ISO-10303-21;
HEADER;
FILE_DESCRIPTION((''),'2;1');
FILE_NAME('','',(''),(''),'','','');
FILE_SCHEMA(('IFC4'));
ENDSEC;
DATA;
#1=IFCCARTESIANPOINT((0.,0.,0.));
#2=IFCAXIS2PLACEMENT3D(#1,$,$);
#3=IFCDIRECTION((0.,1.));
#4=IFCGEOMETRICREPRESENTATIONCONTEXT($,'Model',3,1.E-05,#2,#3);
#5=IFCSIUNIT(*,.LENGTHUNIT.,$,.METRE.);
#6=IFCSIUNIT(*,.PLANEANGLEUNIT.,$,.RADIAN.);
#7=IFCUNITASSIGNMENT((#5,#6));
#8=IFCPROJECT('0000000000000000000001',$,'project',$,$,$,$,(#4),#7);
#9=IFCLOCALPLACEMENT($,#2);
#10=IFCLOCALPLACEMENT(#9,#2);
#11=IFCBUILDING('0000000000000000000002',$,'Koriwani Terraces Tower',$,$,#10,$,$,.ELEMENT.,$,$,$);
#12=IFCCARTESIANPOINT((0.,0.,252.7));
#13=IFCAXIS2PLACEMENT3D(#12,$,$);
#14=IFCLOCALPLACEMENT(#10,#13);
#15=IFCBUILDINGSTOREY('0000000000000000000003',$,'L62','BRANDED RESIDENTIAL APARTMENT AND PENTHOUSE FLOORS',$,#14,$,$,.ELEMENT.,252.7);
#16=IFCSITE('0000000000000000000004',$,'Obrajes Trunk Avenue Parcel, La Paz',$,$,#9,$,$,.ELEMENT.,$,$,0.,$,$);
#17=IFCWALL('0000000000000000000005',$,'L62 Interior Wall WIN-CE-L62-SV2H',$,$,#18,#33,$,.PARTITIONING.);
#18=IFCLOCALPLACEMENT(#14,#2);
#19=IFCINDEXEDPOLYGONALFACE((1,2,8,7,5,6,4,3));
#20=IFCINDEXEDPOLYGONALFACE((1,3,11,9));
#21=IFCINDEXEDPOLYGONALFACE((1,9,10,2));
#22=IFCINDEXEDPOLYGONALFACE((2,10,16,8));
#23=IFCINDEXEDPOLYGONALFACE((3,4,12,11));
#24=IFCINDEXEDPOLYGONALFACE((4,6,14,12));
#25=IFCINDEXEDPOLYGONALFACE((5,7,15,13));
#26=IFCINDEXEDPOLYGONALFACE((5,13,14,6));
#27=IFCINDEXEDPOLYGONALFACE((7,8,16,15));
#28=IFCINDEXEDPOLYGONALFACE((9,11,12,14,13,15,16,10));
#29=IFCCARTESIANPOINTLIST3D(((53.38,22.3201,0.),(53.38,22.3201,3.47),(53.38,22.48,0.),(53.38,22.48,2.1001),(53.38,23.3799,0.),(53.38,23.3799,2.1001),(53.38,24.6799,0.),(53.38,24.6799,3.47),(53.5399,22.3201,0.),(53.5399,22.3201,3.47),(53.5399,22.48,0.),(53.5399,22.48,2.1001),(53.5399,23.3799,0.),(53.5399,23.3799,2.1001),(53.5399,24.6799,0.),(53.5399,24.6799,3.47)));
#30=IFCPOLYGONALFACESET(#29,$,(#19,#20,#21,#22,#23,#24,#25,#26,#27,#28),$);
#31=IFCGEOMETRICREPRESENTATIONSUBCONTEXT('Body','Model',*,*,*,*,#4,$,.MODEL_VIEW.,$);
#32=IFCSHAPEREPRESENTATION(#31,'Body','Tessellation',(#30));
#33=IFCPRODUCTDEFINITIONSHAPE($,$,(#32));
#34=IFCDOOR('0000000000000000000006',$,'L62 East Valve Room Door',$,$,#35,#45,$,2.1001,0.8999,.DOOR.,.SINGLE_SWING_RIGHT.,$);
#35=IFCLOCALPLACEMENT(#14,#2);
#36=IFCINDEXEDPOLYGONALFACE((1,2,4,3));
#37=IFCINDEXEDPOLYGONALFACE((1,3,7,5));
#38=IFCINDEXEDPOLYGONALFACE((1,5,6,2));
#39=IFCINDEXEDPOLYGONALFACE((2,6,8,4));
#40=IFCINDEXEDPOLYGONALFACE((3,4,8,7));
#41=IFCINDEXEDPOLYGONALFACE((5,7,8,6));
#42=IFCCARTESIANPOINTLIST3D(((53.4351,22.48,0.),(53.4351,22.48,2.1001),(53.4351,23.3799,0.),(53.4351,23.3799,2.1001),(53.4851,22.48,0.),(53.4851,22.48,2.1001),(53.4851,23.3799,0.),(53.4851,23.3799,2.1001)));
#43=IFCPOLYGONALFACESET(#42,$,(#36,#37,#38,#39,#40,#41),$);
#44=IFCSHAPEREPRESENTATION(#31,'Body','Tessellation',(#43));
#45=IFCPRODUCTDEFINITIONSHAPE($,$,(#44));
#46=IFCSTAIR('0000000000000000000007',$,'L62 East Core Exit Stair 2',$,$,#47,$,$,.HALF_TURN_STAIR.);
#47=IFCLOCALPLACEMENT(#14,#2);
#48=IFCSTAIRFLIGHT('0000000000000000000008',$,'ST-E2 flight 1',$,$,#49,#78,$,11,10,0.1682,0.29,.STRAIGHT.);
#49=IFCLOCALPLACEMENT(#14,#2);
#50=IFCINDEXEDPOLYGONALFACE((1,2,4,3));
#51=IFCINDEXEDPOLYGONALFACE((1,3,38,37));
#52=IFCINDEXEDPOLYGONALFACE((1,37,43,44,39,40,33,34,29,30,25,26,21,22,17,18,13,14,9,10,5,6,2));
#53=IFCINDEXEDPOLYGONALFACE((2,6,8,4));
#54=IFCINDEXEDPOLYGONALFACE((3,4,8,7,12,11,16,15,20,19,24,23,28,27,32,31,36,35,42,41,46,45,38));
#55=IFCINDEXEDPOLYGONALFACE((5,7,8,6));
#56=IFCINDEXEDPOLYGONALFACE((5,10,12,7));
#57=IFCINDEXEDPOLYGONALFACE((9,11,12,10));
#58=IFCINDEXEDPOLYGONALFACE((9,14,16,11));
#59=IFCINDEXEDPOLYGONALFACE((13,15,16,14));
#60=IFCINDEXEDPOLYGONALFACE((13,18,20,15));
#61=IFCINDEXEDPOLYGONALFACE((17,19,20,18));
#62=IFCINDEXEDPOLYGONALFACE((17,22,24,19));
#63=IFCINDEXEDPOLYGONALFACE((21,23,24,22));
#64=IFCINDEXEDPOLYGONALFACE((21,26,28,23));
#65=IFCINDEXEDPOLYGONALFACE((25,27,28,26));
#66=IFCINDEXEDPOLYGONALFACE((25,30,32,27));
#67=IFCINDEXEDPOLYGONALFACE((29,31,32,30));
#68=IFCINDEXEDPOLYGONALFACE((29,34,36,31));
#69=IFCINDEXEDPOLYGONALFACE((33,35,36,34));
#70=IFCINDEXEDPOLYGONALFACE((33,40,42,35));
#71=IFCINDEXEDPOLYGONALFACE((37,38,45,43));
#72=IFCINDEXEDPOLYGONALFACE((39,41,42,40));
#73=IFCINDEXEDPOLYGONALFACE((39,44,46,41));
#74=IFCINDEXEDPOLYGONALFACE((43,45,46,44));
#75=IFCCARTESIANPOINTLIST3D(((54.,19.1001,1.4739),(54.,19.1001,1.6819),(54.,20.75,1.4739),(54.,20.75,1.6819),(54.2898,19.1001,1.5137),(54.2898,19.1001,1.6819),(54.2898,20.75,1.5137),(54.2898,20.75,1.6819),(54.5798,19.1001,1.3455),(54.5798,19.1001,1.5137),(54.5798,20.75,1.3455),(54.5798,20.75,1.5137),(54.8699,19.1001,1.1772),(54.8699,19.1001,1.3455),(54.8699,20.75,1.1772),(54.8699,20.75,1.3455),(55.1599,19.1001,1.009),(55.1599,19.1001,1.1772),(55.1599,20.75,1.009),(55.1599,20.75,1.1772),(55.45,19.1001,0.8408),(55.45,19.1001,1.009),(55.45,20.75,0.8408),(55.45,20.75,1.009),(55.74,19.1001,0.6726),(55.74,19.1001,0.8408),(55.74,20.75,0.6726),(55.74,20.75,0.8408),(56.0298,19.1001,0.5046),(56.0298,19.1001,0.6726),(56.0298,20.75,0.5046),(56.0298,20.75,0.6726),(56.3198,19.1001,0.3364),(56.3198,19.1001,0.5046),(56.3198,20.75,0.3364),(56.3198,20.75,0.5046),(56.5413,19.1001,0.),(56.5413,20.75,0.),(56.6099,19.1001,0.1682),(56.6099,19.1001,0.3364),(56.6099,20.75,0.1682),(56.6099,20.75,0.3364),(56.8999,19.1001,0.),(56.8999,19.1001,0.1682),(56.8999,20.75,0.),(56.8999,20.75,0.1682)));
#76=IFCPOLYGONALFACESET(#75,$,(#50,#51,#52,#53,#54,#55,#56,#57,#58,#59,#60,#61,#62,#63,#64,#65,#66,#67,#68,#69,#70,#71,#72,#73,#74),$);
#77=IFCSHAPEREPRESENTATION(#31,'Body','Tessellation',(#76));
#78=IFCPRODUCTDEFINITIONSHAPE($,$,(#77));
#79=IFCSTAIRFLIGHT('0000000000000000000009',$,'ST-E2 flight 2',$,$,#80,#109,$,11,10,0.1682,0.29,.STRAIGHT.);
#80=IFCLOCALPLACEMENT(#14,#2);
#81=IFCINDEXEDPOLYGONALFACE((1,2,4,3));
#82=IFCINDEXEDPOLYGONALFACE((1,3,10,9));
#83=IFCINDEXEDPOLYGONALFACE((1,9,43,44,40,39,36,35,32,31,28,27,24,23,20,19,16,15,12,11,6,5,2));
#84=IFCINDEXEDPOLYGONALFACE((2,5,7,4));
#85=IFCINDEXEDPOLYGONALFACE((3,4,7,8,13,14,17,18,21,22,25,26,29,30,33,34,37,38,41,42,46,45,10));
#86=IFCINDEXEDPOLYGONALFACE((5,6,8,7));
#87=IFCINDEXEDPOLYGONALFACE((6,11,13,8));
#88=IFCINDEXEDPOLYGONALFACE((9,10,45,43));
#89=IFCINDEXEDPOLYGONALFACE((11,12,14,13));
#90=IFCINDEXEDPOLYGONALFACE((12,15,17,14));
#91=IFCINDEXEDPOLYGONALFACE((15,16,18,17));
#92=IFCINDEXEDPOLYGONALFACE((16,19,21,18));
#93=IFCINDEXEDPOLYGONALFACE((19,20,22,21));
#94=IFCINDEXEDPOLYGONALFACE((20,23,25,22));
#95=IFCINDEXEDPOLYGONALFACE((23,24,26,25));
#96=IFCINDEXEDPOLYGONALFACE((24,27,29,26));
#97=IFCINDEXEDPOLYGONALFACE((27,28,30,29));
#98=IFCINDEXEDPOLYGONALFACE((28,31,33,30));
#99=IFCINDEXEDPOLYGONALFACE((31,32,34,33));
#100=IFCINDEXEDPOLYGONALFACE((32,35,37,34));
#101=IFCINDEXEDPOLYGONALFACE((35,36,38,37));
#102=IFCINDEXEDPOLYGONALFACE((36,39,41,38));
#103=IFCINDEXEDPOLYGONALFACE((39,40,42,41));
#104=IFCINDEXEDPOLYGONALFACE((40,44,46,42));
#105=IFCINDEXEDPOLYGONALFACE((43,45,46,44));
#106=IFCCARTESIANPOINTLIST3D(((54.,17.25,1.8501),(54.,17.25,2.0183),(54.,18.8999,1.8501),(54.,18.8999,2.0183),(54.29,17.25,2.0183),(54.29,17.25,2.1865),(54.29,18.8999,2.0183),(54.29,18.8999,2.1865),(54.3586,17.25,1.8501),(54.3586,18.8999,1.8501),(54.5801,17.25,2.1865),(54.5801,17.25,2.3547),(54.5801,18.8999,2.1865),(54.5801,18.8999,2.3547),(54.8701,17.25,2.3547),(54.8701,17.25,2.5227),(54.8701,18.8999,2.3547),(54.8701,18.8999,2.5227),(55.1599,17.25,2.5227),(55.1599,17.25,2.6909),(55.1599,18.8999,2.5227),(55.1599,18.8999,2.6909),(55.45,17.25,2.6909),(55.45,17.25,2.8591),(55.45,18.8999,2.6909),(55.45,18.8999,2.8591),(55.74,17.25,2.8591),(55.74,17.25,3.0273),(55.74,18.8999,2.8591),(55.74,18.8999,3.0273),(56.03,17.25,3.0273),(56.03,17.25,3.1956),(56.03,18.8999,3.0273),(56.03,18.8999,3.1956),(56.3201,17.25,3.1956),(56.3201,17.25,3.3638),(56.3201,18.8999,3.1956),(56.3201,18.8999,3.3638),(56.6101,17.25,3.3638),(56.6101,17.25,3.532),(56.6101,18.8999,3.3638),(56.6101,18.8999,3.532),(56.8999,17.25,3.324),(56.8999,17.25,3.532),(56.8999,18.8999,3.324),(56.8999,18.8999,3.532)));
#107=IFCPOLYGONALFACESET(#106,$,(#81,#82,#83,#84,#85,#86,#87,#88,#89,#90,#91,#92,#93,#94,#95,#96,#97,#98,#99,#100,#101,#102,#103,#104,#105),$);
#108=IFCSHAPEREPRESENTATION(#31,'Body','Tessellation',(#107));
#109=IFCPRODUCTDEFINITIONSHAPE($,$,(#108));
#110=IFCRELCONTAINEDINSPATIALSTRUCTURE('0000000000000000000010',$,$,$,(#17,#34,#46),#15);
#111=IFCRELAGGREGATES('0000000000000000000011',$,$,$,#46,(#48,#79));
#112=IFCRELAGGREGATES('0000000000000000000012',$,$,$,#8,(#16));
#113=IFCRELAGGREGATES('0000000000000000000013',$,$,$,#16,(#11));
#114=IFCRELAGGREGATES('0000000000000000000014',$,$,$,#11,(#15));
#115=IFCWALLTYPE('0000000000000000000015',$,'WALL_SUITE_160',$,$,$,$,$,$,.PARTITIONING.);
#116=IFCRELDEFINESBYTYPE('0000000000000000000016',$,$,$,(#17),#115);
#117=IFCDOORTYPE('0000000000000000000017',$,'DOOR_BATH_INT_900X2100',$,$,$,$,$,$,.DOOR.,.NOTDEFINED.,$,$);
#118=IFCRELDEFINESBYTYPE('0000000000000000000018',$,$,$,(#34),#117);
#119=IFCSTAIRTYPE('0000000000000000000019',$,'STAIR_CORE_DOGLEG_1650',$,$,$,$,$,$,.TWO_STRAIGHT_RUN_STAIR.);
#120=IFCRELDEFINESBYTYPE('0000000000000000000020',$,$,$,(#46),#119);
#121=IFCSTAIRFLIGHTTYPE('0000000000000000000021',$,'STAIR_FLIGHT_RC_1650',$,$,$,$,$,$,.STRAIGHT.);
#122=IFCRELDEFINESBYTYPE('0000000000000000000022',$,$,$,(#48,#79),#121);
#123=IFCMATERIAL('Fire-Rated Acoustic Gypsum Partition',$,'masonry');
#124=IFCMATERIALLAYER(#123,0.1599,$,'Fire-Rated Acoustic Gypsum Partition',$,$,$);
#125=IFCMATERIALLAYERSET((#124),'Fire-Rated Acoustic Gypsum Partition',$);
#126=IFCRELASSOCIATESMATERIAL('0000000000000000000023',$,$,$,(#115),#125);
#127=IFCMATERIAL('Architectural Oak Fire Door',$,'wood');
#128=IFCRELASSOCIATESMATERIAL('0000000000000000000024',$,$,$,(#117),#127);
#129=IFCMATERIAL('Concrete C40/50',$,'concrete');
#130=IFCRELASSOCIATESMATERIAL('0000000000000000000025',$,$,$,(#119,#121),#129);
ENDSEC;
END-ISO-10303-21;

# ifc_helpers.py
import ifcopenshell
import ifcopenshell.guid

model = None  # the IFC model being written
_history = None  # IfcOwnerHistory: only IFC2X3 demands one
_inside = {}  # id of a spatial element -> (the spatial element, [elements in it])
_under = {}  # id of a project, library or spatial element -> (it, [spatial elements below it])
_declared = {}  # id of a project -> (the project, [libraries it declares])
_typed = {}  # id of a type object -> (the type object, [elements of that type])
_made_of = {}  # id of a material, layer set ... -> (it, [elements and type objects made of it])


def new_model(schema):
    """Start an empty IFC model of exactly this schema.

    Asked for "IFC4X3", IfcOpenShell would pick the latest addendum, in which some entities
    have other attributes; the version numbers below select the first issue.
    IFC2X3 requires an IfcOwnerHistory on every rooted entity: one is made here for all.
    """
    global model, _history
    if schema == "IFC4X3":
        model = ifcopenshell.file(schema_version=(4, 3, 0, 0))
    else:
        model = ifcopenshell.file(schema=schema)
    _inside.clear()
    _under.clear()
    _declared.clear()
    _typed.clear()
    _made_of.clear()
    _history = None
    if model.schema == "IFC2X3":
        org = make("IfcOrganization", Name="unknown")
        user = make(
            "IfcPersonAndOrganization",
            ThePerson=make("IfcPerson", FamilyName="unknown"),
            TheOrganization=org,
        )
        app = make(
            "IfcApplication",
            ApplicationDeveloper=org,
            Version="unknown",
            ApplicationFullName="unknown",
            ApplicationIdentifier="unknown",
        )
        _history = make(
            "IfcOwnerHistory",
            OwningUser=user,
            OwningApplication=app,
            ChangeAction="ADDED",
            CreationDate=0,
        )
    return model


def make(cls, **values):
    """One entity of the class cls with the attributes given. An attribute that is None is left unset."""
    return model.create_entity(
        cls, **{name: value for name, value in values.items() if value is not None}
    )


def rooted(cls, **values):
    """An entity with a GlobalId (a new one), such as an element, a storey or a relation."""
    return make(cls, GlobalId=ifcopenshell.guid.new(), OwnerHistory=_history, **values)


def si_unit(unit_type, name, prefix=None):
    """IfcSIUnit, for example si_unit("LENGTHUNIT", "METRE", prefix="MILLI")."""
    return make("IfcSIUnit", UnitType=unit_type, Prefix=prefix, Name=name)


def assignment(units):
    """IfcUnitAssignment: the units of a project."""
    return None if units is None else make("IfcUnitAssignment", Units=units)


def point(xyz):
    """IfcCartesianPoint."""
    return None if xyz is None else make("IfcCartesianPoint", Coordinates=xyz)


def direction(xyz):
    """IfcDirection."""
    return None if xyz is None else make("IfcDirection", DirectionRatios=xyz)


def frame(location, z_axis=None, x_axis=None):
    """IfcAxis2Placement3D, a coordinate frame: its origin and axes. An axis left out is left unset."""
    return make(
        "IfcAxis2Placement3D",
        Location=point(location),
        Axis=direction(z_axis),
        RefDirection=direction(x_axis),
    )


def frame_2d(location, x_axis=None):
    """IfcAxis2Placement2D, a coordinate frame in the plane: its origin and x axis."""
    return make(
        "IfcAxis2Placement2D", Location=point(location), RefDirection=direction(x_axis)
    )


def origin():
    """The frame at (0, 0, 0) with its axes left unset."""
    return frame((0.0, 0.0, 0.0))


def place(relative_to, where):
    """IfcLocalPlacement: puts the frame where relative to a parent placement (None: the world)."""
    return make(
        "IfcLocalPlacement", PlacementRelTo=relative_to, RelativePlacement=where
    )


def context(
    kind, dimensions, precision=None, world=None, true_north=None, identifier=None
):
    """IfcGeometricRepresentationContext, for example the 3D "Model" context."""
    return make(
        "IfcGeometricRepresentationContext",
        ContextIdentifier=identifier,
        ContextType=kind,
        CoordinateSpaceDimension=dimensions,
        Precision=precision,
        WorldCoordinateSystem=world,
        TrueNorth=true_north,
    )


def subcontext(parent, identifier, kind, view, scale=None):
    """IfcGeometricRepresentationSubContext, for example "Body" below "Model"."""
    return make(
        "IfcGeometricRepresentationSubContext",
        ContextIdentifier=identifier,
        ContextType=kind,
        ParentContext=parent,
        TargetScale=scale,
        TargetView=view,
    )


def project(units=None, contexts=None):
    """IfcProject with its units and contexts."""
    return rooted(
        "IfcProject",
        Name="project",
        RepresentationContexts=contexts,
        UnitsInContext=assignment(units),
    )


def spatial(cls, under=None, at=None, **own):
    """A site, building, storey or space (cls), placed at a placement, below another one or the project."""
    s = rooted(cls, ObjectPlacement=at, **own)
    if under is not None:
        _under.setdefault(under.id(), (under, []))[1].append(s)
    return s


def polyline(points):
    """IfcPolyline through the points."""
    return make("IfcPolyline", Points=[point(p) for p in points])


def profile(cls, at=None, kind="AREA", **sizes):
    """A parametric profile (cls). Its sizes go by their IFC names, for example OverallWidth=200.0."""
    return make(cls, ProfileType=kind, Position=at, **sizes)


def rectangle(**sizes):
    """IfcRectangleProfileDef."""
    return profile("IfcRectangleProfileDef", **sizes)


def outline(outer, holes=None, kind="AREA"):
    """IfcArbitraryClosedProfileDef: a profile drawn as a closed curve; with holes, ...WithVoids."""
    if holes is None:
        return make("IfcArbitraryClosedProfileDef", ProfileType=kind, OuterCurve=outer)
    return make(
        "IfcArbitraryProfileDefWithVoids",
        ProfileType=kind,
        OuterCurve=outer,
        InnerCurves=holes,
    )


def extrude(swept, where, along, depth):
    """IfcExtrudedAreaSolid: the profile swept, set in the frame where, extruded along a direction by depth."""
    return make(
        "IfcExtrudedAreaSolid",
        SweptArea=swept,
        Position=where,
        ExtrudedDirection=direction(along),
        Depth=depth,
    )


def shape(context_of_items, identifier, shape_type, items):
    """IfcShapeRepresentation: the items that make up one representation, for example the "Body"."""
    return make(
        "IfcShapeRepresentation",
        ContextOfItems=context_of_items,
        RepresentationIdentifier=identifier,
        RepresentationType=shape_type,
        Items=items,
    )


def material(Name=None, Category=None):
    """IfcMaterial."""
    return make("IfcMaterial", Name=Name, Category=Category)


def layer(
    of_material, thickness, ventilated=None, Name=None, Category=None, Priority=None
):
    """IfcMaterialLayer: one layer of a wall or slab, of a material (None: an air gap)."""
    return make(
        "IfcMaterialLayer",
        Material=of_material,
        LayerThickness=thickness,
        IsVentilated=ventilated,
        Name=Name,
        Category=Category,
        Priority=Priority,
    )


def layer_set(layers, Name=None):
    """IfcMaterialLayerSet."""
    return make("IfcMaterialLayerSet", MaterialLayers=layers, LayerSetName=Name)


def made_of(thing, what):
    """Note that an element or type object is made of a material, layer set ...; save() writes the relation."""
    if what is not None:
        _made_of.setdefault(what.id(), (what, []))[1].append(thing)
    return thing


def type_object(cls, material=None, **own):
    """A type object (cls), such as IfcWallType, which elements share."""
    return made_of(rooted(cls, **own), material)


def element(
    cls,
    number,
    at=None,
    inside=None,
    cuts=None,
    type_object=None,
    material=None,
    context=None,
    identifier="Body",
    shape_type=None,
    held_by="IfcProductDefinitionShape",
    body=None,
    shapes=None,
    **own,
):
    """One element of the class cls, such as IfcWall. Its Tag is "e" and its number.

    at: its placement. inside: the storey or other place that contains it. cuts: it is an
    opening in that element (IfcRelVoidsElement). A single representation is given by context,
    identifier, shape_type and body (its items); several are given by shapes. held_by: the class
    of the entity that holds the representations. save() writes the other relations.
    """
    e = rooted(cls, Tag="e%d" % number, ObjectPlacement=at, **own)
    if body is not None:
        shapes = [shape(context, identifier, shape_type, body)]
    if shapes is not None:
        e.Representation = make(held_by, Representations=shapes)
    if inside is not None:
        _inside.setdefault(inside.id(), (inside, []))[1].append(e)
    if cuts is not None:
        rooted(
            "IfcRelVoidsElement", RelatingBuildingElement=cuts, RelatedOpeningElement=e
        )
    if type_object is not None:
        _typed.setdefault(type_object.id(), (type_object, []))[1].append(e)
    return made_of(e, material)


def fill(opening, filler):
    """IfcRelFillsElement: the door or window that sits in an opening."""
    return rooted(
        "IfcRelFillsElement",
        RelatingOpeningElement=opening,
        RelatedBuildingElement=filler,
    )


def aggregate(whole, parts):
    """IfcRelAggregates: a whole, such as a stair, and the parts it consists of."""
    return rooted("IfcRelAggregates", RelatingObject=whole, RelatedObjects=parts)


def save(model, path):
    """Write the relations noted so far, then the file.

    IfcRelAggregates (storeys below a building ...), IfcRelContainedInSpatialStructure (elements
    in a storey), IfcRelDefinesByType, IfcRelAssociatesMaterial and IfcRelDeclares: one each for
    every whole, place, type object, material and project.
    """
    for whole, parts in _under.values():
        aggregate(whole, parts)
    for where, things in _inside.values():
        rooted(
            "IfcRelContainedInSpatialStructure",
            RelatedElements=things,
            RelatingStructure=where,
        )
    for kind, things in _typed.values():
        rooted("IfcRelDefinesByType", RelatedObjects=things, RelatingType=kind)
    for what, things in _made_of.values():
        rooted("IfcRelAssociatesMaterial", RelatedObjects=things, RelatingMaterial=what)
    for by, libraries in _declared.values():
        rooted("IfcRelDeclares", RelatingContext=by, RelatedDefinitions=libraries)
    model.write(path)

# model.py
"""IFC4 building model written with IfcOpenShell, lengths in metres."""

from ifc_helpers import new_model, si_unit, direction, frame, frame_2d, origin, place, context, subcontext, project, spatial, polyline, rectangle, outline, extrude, material, layer, layer_set, type_object, element, fill, aggregate, save


model = new_model("IFC4")

# Units and contexts
model_context = context("Model", 3, precision=1e-05, world=origin(), true_north=direction((0.0, 1.0)))
body_context = subcontext(model_context, "Body", "Model", "MODEL_VIEW")
ifc_project = project(units=[si_unit("LENGTHUNIT", "METRE"), si_unit("PLANEANGLEUNIT", "RADIAN")], contexts=[model_context])

# Site, building, storey
site_placement = place(None, origin())
site = spatial("IfcSite", under=ifc_project, at=site_placement, Name="Obrajes Trunk Avenue Parcel, La Paz", CompositionType="ELEMENT", RefElevation=0.0)
building_placement = place(site_placement, origin())
building = spatial("IfcBuilding", under=site, at=building_placement, Name="Koriwani Terraces Tower", CompositionType="ELEMENT")
storey_placement = place(building_placement, frame((0.0, 0.0, 252.7)))
storey = spatial("IfcBuildingStorey", under=building, at=storey_placement, Name="L62", Description="BRANDED RESIDENTIAL APARTMENT AND PENTHOUSE FLOORS", CompositionType="ELEMENT", Elevation=252.7)

# Shared definitions
ifc_material_1 = material(Name="Concrete C40/50", Category="concrete")

# Wall, opening, door
ifc_material_2 = material(Name="Fire-Rated Acoustic Gypsum Partition", Category="masonry")
ifc_layer_1 = layer(ifc_material_2, 0.1599, Name="Fire-Rated Acoustic Gypsum Partition")
ifc_layer_set_1 = layer_set([ifc_layer_1], Name="Fire-Rated Acoustic Gypsum Partition")
wall_type_1 = type_object("IfcWallType", Name="WALL_SUITE_160", PredefinedType="PARTITIONING", material=ifc_layer_set_1)
ifc_material_3 = material(Name="Architectural Oak Fire Door", Category="wood")
door_type_1 = type_object("IfcDoorType", Name="DOOR_BATH_INT_900X2100", OperationType="NOTDEFINED", PredefinedType="DOOR", material=ifc_material_3)
wall_1_placement = place(storey_placement, frame((53.46, 22.3201, 0.0), z_axis=(0.0, 0.0, 1.0), x_axis=(0.0, 1.0, 0.0)))
wall_1 = element("IfcWall", 1, at=wall_1_placement, inside=storey, type_object=wall_type_1, Name="L62 Interior Wall WIN-CE-L62-SV2H", PredefinedType="PARTITIONING", context=body_context, shape_type="SweptSolid", body=[
    extrude(rectangle(XDim=2.3599, YDim=0.1599, at=frame_2d((1.1799, 0.0))), origin(), (0.0, 0.0, 1.0), 3.47),
])
opening_1_placement = place(wall_1_placement, frame((0.1599, 0.0, 0.0)))
opening_1 = element("IfcOpeningElement", 2, at=opening_1_placement, cuts=wall_1, PredefinedType="OPENING", context=body_context, shape_type="SweptSolid", body=[
    extrude(rectangle(XDim=0.8999, YDim=2.1001, at=frame_2d((0.45, 1.05))), frame((0.0, 0.0898, 0.0), z_axis=(0.0, -1.0, 0.0), x_axis=(1.0, 0.0, 0.0)), (0.0, 0.0, 1.0), 0.1799),
])
door_1_placement = place(opening_1_placement, origin())
door_1 = element("IfcDoor", 3, at=door_1_placement, inside=storey, type_object=door_type_1, Name="L62 East Valve Room Door", OperationType="SINGLE_SWING_RIGHT", OverallHeight=2.1001, OverallWidth=0.8999, PredefinedType="DOOR", context=body_context, shape_type="SweptSolid", body=[
    extrude(rectangle(XDim=0.8999, YDim=2.1001, at=frame_2d((0.45, 1.05))), frame((0.0, 0.0249, 0.0), z_axis=(0.0, -1.0, 0.0), x_axis=(1.0, 0.0, 0.0)), (0.0, 0.0, 1.0), 0.05),
])
fill(opening_1, door_1)

# Stair, stair flights
stair_type = type_object("IfcStairType", Name="STAIR_CORE_DOGLEG_1650", PredefinedType="TWO_STRAIGHT_RUN_STAIR", material=ifc_material_1)
stair_placement = place(storey_placement, origin())
stair = element("IfcStair", 4, at=stair_placement, inside=storey, type_object=stair_type, Name="L62 East Core Exit Stair 2", PredefinedType="HALF_TURN_STAIR")
stair_flight_type = type_object("IfcStairFlightType", Name="STAIR_FLIGHT_RC_1650", PredefinedType="STRAIGHT", material=ifc_material_1)
stair_flight_1_placement = place(storey_placement, frame((56.8999, 19.925, 0.0), z_axis=(0.0, 0.0, 1.0), x_axis=(-1.0, 0.0, 0.0)))
stair_flight_1 = element("IfcStairFlight", 5, at=stair_flight_1_placement, type_object=stair_flight_type, Name="ST-E2 flight 1", NumberOfRisers=11, NumberOfTreads=10, PredefinedType="STRAIGHT", RiserHeight=0.1682, TreadLength=0.29, context=body_context, shape_type="SweptSolid", body=[
    extrude(outline(polyline([(0.0, 0.0), (0.0, 0.1682), (0.29, 0.1682), (0.29, 0.3364), (0.5801, 0.3364), (0.5801, 0.5046), (0.8701, 0.5046), (0.8701, 0.6726), (1.1599, 0.6726), (1.1599, 0.8408), (1.45, 0.8408), (1.45, 1.009), (1.74, 1.009), (1.74, 1.1772), (2.03, 1.1772), (2.03, 1.3455), (2.3201, 1.3455), (2.3201, 1.5137), (2.6101, 1.5137), (2.6101, 1.6819), (2.8999, 1.6819), (2.8999, 1.8501), (2.8999, 1.4739), (0.3586, 0.0), (0.0, 0.0)])), frame((0.0, 0.825, 0.0), z_axis=(0.0, -1.0, 0.0), x_axis=(1.0, 0.0, 0.0)), (0.0, 0.0, 1.0), 1.6499),
])
stair_flight_2_placement = place(storey_placement, frame((54.0, 18.075, 1.8501), z_axis=(0.0, 0.0, 1.0), x_axis=(1.0, 0.0, 0.0)))
stair_flight_2 = element("IfcStairFlight", 6, at=stair_flight_2_placement, type_object=stair_flight_type, Name="ST-E2 flight 2", NumberOfRisers=11, NumberOfTreads=10, PredefinedType="STRAIGHT", RiserHeight=0.1682, TreadLength=0.29, context=body_context, shape_type="SweptSolid", body=[
    extrude(outline(polyline([(0.0, 0.0), (0.0, 0.1682), (0.29, 0.1682), (0.29, 0.3364), (0.5801, 0.3364), (0.5801, 0.5046), (0.8701, 0.5046), (0.8701, 0.6726), (1.1599, 0.6726), (1.1599, 0.8408), (1.45, 0.8408), (1.45, 1.009), (1.74, 1.009), (1.74, 1.1772), (2.03, 1.1772), (2.03, 1.3455), (2.3201, 1.3455), (2.3201, 1.5137), (2.6101, 1.5137), (2.6101, 1.6819), (2.8999, 1.6819), (2.8999, 1.8501), (2.8999, 1.4739), (0.3586, 0.0), (0.0, 0.0)])), frame((0.0, 0.825, 0.0), z_axis=(0.0, -1.0, 0.0), x_axis=(1.0, 0.0, 0.0)), (0.0, 0.0, 1.0), 1.6499),
])
aggregate(stair, [stair_flight_1, stair_flight_2])

save(model, "model.ifc")
